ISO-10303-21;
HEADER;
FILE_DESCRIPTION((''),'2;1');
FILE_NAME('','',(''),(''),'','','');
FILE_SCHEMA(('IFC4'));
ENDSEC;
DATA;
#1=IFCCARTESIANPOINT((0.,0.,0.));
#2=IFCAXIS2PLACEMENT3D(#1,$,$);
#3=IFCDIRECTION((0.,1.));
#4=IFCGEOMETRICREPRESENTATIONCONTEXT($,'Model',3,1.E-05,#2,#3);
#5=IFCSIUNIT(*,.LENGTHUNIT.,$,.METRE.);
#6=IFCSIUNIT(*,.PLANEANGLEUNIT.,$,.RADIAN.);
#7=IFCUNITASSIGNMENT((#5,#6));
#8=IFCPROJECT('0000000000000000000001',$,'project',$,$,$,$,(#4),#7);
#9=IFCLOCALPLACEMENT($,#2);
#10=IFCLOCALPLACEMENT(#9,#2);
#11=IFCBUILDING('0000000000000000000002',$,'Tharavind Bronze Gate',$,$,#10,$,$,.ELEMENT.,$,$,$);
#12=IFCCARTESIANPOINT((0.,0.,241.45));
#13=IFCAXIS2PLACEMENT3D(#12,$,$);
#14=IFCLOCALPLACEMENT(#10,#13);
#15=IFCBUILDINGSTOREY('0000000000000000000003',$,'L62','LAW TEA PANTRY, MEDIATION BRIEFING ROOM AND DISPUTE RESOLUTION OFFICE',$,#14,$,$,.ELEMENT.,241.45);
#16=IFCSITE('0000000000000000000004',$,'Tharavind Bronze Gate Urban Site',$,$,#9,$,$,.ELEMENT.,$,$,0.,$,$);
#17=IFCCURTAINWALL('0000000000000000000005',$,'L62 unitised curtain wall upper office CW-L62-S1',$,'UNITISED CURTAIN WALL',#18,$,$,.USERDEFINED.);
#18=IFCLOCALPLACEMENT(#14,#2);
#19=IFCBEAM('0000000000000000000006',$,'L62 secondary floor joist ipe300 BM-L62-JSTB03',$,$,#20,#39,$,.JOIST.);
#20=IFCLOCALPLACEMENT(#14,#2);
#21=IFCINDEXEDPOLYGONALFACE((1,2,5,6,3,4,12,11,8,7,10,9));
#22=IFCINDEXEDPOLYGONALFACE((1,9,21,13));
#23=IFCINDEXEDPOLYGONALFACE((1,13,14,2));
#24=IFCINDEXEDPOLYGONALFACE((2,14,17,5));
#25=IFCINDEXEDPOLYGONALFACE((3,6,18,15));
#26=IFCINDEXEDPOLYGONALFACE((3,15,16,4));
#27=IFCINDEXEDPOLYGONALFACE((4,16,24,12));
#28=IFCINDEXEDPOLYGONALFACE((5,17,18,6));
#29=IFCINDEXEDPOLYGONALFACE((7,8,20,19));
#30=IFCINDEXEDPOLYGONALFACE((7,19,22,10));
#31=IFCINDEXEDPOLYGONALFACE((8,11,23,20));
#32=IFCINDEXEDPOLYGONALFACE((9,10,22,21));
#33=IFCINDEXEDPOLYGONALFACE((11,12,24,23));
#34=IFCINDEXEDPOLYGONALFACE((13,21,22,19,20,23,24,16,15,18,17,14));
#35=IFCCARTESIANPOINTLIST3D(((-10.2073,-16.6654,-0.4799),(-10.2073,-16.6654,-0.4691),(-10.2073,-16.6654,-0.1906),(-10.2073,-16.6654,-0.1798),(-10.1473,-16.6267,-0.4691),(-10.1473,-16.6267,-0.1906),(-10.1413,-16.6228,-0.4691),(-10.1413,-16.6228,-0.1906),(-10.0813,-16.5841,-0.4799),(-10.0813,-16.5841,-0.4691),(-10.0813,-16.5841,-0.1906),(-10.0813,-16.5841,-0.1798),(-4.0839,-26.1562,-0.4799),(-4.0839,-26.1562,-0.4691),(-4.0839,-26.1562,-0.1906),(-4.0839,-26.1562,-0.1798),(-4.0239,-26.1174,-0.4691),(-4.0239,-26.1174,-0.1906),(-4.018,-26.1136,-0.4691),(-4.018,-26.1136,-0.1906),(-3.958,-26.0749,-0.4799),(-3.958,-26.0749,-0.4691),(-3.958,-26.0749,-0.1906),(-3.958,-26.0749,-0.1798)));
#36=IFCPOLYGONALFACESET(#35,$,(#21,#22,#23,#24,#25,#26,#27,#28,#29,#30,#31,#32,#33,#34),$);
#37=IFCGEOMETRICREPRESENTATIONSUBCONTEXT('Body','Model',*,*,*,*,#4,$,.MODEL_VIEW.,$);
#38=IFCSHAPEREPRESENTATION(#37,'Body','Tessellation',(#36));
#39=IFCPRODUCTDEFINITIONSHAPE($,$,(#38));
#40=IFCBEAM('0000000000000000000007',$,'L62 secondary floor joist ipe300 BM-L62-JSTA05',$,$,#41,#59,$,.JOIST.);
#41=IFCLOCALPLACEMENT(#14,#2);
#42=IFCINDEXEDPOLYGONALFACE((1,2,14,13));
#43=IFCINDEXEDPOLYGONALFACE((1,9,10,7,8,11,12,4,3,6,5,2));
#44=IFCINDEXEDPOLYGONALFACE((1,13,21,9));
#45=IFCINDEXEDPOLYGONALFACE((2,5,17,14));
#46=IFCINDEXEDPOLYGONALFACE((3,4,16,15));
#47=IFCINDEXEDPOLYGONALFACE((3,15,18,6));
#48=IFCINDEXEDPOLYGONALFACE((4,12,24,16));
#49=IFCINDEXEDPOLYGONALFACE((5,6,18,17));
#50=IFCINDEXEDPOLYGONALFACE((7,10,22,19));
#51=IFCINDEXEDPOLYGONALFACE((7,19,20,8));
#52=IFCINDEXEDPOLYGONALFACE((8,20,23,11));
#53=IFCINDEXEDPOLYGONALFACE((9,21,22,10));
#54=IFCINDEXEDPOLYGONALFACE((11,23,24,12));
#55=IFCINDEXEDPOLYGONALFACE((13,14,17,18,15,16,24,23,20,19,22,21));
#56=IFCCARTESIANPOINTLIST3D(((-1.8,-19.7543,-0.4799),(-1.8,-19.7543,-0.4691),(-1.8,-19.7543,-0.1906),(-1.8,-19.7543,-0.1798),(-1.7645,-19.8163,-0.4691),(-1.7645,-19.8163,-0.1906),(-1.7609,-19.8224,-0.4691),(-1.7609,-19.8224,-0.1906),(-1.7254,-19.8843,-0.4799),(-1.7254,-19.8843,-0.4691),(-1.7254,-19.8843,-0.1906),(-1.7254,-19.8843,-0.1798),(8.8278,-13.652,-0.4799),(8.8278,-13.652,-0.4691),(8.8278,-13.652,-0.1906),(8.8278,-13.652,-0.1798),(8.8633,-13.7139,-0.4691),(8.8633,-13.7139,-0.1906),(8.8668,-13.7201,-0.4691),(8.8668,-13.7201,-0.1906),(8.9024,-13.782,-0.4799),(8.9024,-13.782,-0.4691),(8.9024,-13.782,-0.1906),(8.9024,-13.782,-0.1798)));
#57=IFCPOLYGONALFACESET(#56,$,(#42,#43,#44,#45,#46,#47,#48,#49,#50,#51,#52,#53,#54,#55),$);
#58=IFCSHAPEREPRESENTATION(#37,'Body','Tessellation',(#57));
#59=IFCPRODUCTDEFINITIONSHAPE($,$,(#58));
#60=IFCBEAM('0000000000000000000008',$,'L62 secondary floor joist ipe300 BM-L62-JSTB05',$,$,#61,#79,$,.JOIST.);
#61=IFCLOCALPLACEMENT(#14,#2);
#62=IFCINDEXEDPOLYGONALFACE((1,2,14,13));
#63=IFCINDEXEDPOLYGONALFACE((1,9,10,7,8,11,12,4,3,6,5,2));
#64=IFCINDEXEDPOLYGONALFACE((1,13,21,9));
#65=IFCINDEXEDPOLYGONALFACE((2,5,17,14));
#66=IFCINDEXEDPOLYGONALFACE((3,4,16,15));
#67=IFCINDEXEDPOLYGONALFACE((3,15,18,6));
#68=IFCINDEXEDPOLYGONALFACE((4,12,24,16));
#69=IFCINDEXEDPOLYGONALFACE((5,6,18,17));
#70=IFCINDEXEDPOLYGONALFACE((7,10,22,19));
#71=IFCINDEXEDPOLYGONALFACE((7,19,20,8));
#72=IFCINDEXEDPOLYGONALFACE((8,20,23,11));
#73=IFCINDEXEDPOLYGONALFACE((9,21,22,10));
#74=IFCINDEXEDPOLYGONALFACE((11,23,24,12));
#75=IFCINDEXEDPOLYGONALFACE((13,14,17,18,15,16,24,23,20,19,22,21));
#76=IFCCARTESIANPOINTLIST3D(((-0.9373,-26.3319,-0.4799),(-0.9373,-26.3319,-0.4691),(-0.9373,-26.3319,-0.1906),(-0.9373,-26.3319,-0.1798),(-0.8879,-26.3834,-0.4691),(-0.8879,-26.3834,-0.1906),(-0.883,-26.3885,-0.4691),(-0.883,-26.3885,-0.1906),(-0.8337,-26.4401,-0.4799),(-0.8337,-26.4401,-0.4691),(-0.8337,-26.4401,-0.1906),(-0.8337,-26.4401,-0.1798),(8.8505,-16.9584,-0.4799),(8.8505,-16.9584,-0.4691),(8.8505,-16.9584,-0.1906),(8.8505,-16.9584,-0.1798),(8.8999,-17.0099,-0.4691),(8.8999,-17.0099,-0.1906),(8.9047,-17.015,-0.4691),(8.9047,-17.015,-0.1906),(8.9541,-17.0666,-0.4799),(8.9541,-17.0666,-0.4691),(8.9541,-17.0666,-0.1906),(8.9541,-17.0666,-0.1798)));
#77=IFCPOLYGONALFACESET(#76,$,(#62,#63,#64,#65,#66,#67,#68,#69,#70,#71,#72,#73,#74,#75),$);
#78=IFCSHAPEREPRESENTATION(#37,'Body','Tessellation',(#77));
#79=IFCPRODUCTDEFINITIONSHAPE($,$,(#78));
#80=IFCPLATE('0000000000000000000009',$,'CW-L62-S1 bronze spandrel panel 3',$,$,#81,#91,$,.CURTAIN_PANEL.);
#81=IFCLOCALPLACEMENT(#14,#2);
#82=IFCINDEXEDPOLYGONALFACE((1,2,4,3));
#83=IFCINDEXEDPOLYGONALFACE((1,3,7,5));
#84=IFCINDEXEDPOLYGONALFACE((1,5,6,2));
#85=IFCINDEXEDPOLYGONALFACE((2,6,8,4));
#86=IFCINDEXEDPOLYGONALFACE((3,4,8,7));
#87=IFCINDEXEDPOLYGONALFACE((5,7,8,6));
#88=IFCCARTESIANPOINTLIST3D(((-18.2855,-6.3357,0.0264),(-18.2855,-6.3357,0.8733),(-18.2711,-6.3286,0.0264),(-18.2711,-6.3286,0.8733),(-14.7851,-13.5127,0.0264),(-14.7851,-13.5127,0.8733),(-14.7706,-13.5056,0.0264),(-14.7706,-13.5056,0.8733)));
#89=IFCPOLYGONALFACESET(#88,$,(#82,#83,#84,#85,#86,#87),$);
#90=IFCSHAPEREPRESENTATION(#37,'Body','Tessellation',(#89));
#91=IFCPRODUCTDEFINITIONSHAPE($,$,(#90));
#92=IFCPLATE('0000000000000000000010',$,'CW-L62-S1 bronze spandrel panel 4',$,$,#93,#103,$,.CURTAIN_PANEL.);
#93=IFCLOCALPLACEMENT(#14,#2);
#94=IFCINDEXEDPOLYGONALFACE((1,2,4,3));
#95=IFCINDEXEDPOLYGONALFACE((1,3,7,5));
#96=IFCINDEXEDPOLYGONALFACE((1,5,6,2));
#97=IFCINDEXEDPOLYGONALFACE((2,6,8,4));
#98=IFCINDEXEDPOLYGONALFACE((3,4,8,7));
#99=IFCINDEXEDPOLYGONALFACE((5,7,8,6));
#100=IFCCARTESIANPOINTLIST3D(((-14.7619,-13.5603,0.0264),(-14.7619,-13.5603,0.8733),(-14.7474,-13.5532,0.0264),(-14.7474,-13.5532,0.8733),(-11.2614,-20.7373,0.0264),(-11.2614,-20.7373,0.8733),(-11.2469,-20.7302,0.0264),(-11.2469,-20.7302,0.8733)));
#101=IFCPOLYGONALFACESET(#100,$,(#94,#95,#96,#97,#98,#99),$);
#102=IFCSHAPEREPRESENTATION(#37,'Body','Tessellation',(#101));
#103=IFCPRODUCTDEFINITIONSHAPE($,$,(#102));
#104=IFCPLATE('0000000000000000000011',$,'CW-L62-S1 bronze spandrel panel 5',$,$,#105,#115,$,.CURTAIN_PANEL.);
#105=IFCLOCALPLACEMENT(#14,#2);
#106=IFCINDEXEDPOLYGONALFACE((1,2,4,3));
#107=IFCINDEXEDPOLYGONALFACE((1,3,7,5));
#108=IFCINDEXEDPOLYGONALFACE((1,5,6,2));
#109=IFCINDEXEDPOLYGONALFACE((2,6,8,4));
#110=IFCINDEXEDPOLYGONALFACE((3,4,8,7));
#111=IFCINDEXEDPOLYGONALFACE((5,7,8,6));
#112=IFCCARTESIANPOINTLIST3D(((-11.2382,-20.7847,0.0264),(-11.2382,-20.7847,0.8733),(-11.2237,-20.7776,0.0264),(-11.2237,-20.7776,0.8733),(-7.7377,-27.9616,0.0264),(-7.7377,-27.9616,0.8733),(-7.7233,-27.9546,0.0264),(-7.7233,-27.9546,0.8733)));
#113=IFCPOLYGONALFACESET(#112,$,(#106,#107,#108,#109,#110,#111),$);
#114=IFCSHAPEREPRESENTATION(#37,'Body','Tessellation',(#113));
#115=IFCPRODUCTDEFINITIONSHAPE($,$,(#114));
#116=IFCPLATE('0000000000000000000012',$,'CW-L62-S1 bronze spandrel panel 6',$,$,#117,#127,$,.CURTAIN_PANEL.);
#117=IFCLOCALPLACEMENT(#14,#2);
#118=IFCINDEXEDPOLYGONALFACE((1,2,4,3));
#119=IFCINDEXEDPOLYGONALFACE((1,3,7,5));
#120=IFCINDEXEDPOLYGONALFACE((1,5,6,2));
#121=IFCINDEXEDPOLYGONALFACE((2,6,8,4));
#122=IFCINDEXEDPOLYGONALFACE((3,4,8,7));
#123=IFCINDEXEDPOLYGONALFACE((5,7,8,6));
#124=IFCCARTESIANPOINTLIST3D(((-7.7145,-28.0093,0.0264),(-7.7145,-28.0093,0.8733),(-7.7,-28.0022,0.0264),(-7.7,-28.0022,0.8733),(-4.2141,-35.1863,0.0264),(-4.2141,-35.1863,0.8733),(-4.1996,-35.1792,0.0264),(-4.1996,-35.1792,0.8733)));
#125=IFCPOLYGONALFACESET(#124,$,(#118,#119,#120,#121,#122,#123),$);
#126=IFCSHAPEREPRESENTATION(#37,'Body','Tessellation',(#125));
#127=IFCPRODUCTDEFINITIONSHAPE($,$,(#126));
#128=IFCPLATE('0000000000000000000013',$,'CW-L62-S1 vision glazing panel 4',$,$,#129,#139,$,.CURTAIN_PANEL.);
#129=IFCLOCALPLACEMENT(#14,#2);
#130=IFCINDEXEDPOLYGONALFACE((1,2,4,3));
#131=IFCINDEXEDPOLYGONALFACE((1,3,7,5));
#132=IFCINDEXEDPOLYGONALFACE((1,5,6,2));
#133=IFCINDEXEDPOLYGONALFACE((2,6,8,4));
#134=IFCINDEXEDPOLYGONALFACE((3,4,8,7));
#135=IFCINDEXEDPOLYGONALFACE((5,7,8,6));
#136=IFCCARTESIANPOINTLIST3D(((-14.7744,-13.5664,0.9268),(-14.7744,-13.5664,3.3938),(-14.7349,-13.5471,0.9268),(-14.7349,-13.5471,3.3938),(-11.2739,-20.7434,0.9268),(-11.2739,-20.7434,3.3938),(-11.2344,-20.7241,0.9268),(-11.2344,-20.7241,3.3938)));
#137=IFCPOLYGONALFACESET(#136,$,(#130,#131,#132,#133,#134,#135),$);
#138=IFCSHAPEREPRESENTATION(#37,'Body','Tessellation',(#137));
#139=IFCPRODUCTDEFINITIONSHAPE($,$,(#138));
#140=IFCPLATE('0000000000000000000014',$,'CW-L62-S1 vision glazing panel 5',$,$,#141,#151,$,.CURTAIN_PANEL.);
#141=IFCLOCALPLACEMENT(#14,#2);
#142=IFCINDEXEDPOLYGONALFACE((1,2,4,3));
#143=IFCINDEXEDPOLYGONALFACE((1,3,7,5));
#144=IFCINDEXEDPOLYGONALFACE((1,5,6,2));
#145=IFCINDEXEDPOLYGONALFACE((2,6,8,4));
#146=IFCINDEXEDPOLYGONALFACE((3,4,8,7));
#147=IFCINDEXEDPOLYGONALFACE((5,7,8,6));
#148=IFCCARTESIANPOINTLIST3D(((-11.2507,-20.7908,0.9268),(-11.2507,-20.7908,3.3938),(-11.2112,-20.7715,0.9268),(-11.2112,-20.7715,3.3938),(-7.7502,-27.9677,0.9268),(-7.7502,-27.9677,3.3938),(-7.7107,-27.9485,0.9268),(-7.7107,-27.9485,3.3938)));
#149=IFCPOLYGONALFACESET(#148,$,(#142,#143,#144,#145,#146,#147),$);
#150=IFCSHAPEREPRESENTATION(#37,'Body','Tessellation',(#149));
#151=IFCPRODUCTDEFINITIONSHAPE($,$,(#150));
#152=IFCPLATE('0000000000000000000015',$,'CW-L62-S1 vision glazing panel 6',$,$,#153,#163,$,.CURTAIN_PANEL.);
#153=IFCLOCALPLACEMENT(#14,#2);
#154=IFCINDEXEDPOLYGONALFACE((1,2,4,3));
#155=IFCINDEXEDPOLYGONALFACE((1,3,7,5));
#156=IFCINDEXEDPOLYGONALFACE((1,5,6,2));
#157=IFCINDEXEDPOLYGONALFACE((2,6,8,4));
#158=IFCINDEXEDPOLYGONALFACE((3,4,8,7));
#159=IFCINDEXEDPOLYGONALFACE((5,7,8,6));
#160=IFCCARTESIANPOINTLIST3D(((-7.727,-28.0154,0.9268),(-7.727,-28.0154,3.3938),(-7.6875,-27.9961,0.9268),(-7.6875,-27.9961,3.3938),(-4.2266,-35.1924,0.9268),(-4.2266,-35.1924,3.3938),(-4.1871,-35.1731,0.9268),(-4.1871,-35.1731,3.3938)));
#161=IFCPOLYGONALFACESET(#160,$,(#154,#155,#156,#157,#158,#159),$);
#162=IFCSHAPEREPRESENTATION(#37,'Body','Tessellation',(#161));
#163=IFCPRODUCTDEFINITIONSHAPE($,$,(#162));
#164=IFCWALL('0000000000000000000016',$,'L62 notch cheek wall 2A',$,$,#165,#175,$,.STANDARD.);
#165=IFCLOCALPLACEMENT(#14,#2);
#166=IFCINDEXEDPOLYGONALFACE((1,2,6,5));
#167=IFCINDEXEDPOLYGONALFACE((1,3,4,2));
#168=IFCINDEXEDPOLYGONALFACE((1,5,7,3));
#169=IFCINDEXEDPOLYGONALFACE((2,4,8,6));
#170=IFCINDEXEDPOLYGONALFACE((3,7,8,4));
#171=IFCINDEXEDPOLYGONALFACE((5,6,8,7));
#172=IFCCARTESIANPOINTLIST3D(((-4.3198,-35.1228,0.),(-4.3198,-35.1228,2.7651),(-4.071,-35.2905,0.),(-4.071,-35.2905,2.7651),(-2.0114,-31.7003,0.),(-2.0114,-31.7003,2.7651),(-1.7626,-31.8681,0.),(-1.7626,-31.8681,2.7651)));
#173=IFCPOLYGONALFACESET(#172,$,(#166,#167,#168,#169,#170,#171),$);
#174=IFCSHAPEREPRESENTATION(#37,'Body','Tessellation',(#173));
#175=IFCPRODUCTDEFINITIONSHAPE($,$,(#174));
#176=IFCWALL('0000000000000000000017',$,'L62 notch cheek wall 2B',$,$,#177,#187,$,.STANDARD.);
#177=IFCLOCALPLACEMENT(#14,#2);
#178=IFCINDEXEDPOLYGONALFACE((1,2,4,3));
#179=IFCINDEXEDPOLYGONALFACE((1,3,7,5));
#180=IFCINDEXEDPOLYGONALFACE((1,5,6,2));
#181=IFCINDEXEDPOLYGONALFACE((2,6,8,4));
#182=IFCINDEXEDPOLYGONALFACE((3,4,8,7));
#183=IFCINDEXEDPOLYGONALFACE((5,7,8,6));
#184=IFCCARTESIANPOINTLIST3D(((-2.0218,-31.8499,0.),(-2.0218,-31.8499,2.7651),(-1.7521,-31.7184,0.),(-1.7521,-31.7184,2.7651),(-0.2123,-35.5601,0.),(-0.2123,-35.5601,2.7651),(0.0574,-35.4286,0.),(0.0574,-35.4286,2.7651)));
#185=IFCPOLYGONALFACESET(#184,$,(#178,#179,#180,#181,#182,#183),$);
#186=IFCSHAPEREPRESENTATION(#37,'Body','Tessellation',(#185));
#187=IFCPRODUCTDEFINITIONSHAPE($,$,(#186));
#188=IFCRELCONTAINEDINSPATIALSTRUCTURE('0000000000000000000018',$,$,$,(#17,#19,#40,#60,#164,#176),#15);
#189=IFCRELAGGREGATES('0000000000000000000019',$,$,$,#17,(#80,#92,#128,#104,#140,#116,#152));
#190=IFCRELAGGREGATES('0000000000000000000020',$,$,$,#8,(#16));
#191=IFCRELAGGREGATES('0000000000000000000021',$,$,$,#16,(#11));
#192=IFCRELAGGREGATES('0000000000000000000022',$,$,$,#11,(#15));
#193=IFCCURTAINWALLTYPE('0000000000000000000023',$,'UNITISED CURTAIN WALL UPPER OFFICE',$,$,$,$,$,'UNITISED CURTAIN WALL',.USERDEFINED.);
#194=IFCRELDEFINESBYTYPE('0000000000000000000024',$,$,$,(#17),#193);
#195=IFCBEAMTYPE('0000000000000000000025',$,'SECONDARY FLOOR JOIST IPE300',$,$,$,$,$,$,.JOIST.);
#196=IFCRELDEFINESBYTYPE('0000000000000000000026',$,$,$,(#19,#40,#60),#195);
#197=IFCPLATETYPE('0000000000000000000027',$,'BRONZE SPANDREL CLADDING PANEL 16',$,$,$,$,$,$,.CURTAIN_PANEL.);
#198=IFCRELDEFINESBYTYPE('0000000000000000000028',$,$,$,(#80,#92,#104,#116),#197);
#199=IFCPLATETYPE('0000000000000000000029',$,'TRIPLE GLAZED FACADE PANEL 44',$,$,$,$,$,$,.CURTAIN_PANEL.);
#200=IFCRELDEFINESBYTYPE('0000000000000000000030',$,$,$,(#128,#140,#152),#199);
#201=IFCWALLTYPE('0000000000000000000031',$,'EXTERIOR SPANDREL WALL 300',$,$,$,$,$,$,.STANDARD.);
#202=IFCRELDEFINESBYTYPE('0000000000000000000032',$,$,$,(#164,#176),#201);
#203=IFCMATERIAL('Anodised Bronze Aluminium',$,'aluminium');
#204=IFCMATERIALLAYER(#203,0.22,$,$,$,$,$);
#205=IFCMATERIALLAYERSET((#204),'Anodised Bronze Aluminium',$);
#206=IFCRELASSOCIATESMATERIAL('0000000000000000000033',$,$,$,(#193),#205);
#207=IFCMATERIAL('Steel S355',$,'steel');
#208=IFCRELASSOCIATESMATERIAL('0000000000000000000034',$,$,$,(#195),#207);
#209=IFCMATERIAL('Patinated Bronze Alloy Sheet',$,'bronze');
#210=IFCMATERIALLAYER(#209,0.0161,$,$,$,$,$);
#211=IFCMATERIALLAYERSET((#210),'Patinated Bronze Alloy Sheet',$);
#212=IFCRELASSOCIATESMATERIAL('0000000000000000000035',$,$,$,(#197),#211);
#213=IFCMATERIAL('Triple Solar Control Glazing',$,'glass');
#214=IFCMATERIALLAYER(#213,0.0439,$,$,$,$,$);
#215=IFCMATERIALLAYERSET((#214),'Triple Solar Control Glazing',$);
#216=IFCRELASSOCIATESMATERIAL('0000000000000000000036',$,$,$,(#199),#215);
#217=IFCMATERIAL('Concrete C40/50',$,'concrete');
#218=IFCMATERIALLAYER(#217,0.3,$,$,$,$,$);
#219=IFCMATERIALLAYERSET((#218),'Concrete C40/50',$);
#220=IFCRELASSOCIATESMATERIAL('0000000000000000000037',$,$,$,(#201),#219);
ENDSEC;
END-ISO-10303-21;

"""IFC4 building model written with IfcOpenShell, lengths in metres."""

from ifc_helpers import new_model, si_unit, direction, frame, frame_2d, origin, origin_2d, place, context, subcontext, project, spatial, rectangle, i_section, extrude, material, layer, layer_set, material_profile, profile_set, type_object, element, aggregate, save


model = new_model("IFC4")

# Units and contexts
model_context = context("Model", 3, precision=1e-05, world=origin(), true_north=direction((0.0, 1.0)))
body_context = subcontext(model_context, "Body", "Model", "MODEL_VIEW")
ifc_project = project(units=[si_unit("LENGTHUNIT", "METRE"), si_unit("PLANEANGLEUNIT", "RADIAN")], contexts=[model_context])

# Site, building, storey
site_placement = place(None, origin())
site = spatial("IfcSite", under=ifc_project, at=site_placement, Name="Tharavind Bronze Gate Urban Site", CompositionType="ELEMENT", RefElevation=0.0)
building_placement = place(site_placement, origin())
building = spatial("IfcBuilding", under=site, at=building_placement, Name="Tharavind Bronze Gate", CompositionType="ELEMENT")
storey_placement = place(building_placement, frame((0.0, 0.0, 241.45)))
storey = spatial("IfcBuildingStorey", under=building, at=storey_placement, Name="L62", Description="LAW TEA PANTRY, MEDIATION BRIEFING ROOM AND DISPUTE RESOLUTION OFFICE", CompositionType="ELEMENT", Elevation=241.45)

# Curtain wall
ifc_material_1 = material(Name="Anodised Bronze Aluminium", Category="aluminium")
ifc_layer_1 = layer(ifc_material_1, 0.22)
ifc_layer_set_1 = layer_set([ifc_layer_1], Name="Anodised Bronze Aluminium")
curtain_wall_type = type_object("IfcCurtainWallType", Name="UNITISED CURTAIN WALL UPPER OFFICE", ElementType="UNITISED CURTAIN WALL", PredefinedType="USERDEFINED", material=ifc_layer_set_1)
curtain_wall_1_placement = place(storey_placement, origin())
curtain_wall_1 = element("IfcCurtainWall", 1, at=curtain_wall_1_placement, inside=storey, type_object=curtain_wall_type, Name="L62 unitised curtain wall upper office CW-L62-S1", ObjectType="UNITISED CURTAIN WALL", PredefinedType="USERDEFINED")

# Beams
ifc_material_2 = material(Name="Steel S355", Category="steel")
ifc_material_profile_1 = material_profile(ifc_material_2, i_section(OverallWidth=0.1499, OverallDepth=0.3, WebThickness=0.0071, FlangeThickness=0.0107, at=origin_2d()), Name="IPE300")
ifc_profile_set_1 = profile_set([ifc_material_profile_1], Name="Steel S355")
beam_type_1 = type_object("IfcBeamType", Name="SECONDARY FLOOR JOIST IPE300", PredefinedType="JOIST", material=ifc_profile_set_1)
beam_1_placement = place(storey_placement, frame((-10.1443, -16.6248, -0.3298), z_axis=(0.542142, -0.840287, 0.0), x_axis=(0.840287, 0.542142, 0.0)))
element("IfcBeam", 2, at=beam_1_placement, inside=storey, type_object=beam_type_1, Name="L62 secondary floor joist ipe300 BM-L62-JSTB03", PredefinedType="JOIST", context=body_context, shape_type="SweptSolid", body=[
    extrude(i_section(OverallWidth=0.1499, OverallDepth=0.3, WebThickness=0.0071, FlangeThickness=0.0107, at=origin_2d()), origin(), (0.0, 0.0, 1.0), 11.2947),
])
beam_2_placement = place(storey_placement, frame((-1.7627, -19.8193, -0.3298), z_axis=(0.86721, 0.497942, 0.0), x_axis=(-0.497942, 0.86721, 0.0)))
element("IfcBeam", 3, at=beam_2_placement, inside=storey, type_object=beam_type_1, Name="L62 secondary floor joist ipe300 BM-L62-JSTA05", PredefinedType="JOIST", context=body_context, shape_type="SweptSolid", body=[
    extrude(i_section(OverallWidth=0.1499, OverallDepth=0.3, WebThickness=0.0071, FlangeThickness=0.0107, at=origin_2d()), origin(), (0.0, 0.0, 1.0), 12.2551),
])
beam_3_placement = place(storey_placement, frame((-0.8855, -26.386, -0.3298), z_axis=(0.722227, 0.691656, 0.0), x_axis=(-0.691656, 0.722227, 0.0)))
element("IfcBeam", 4, at=beam_3_placement, inside=storey, type_object=beam_type_1, Name="L62 secondary floor joist ipe300 BM-L62-JSTB05", PredefinedType="JOIST", context=body_context, shape_type="SweptSolid", body=[
    extrude(i_section(OverallWidth=0.1499, OverallDepth=0.3, WebThickness=0.0071, FlangeThickness=0.0107, at=origin_2d()), origin(), (0.0, 0.0, 1.0), 13.5522),
])

# Plates
ifc_material_3 = material(Name="Patinated Bronze Alloy Sheet", Category="bronze")
ifc_layer_2 = layer(ifc_material_3, 0.0161)
ifc_layer_set_2 = layer_set([ifc_layer_2], Name="Patinated Bronze Alloy Sheet")
plate_type_1 = type_object("IfcPlateType", Name="BRONZE SPANDREL CLADDING PANEL 16", PredefinedType="CURTAIN_PANEL", material=ifc_layer_set_2)
plate_1_placement = place(storey_placement, frame((-16.5281, -9.9207, 0.0264), z_axis=(0.0, 0.0, 1.0), x_axis=(0.438371, -0.898794, 0.0)))
plate_1 = element("IfcPlate", 5, at=plate_1_placement, type_object=plate_type_1, Name="CW-L62-S1 bronze spandrel panel 3", PredefinedType="CURTAIN_PANEL", context=body_context, shape_type="SweptSolid", body=[
    extrude(rectangle(XDim=7.9851, YDim=0.0161, at=origin_2d()), origin(), (0.0, 0.0, 1.0), 0.8469),
])
plate_2_placement = place(storey_placement, frame((-13.0044, -17.1453, 0.0264), z_axis=(0.0, 0.0, 1.0), x_axis=(0.438371, -0.898794, 0.0)))
plate_2 = element("IfcPlate", 6, at=plate_2_placement, type_object=plate_type_1, Name="CW-L62-S1 bronze spandrel panel 4", PredefinedType="CURTAIN_PANEL", context=body_context, shape_type="SweptSolid", body=[
    extrude(rectangle(XDim=7.9851, YDim=0.0161, at=origin_2d()), origin(), (0.0, 0.0, 1.0), 0.8469),
])
plate_3_placement = place(storey_placement, frame((-9.4807, -24.3696, 0.0264), z_axis=(0.0, 0.0, 1.0), x_axis=(0.438371, -0.898794, 0.0)))
plate_3 = element("IfcPlate", 7, at=plate_3_placement, type_object=plate_type_1, Name="CW-L62-S1 bronze spandrel panel 5", PredefinedType="CURTAIN_PANEL", context=body_context, shape_type="SweptSolid", body=[
    extrude(rectangle(XDim=7.9851, YDim=0.0161, at=origin_2d()), origin(), (0.0, 0.0, 1.0), 0.8469),
])
plate_4_placement = place(storey_placement, frame((-5.957, -31.5942, 0.0264), z_axis=(0.0, 0.0, 1.0), x_axis=(0.438371, -0.898794, 0.0)))
plate_4 = element("IfcPlate", 8, at=plate_4_placement, type_object=plate_type_1, Name="CW-L62-S1 bronze spandrel panel 6", PredefinedType="CURTAIN_PANEL", context=body_context, shape_type="SweptSolid", body=[
    extrude(rectangle(XDim=7.9851, YDim=0.0161, at=origin_2d()), origin(), (0.0, 0.0, 1.0), 0.8469),
])
ifc_material_4 = material(Name="Triple Solar Control Glazing", Category="glass")
ifc_layer_3 = layer(ifc_material_4, 0.0439)
ifc_layer_set_3 = layer_set([ifc_layer_3], Name="Triple Solar Control Glazing")
plate_type_2 = type_object("IfcPlateType", Name="TRIPLE GLAZED FACADE PANEL 44", PredefinedType="CURTAIN_PANEL", material=ifc_layer_set_3)
plate_5_placement = place(storey_placement, frame((-13.0044, -17.1453, 0.9268), z_axis=(0.0, 0.0, 1.0), x_axis=(0.438371, -0.898794, 0.0)))
plate_5 = element("IfcPlate", 9, at=plate_5_placement, type_object=plate_type_2, Name="CW-L62-S1 vision glazing panel 4", PredefinedType="CURTAIN_PANEL", context=body_context, shape_type="SweptSolid", body=[
    extrude(rectangle(XDim=7.9851, YDim=0.0439, at=origin_2d()), origin(), (0.0, 0.0, 1.0), 2.467),
])
plate_6_placement = place(storey_placement, frame((-9.4807, -24.3696, 0.9268), z_axis=(0.0, 0.0, 1.0), x_axis=(0.438371, -0.898794, 0.0)))
plate_6 = element("IfcPlate", 10, at=plate_6_placement, type_object=plate_type_2, Name="CW-L62-S1 vision glazing panel 5", PredefinedType="CURTAIN_PANEL", context=body_context, shape_type="SweptSolid", body=[
    extrude(rectangle(XDim=7.9851, YDim=0.0439, at=origin_2d()), origin(), (0.0, 0.0, 1.0), 2.467),
])
plate_7_placement = place(storey_placement, frame((-5.957, -31.5942, 0.9268), z_axis=(0.0, 0.0, 1.0), x_axis=(0.438371, -0.898794, 0.0)))
plate_7 = element("IfcPlate", 11, at=plate_7_placement, type_object=plate_type_2, Name="CW-L62-S1 vision glazing panel 6", PredefinedType="CURTAIN_PANEL", context=body_context, shape_type="SweptSolid", body=[
    extrude(rectangle(XDim=7.9851, YDim=0.0439, at=origin_2d()), origin(), (0.0, 0.0, 1.0), 2.467),
])
aggregate(curtain_wall_1, [plate_1, plate_2, plate_5, plate_3, plate_6, plate_4, plate_7])

# Walls
ifc_material_5 = material(Name="Concrete C40/50", Category="concrete")
ifc_layer_4 = layer(ifc_material_5, 0.3)
ifc_layer_set_4 = layer_set([ifc_layer_4], Name="Concrete C40/50")
wall_type_1 = type_object("IfcWallType", Name="EXTERIOR SPANDREL WALL 300", PredefinedType="STANDARD", material=ifc_layer_set_4)
wall_1_placement = place(storey_placement, frame((-4.1953, -35.2065, 0.0), z_axis=(0.0, 0.0, 1.0), x_axis=(0.559182, 0.829045, 0.0)))
element("IfcWall", 12, at=wall_1_placement, inside=storey, type_object=wall_type_1, Name="L62 notch cheek wall 2A", PredefinedType="STANDARD", context=body_context, shape_type="SweptSolid", body=[
    extrude(rectangle(XDim=4.1282, YDim=0.3, at=frame_2d((2.064, 0.0))), origin(), (0.0, 0.0, 1.0), 2.7651),
])
wall_2_placement = place(storey_placement, frame((-1.887, -31.7842, 0.0), z_axis=(0.0, 0.0, 1.0), x_axis=(0.438368, -0.898796, 0.0)))
element("IfcWall", 13, at=wall_2_placement, inside=storey, type_object=wall_type_1, Name="L62 notch cheek wall 2B", PredefinedType="STANDARD", context=body_context, shape_type="SweptSolid", body=[
    extrude(rectangle(XDim=4.1279, YDim=0.3, at=frame_2d((2.064, 0.0))), origin(), (0.0, 0.0, 1.0), 2.7651),
])

save(model, "model.ifc")
